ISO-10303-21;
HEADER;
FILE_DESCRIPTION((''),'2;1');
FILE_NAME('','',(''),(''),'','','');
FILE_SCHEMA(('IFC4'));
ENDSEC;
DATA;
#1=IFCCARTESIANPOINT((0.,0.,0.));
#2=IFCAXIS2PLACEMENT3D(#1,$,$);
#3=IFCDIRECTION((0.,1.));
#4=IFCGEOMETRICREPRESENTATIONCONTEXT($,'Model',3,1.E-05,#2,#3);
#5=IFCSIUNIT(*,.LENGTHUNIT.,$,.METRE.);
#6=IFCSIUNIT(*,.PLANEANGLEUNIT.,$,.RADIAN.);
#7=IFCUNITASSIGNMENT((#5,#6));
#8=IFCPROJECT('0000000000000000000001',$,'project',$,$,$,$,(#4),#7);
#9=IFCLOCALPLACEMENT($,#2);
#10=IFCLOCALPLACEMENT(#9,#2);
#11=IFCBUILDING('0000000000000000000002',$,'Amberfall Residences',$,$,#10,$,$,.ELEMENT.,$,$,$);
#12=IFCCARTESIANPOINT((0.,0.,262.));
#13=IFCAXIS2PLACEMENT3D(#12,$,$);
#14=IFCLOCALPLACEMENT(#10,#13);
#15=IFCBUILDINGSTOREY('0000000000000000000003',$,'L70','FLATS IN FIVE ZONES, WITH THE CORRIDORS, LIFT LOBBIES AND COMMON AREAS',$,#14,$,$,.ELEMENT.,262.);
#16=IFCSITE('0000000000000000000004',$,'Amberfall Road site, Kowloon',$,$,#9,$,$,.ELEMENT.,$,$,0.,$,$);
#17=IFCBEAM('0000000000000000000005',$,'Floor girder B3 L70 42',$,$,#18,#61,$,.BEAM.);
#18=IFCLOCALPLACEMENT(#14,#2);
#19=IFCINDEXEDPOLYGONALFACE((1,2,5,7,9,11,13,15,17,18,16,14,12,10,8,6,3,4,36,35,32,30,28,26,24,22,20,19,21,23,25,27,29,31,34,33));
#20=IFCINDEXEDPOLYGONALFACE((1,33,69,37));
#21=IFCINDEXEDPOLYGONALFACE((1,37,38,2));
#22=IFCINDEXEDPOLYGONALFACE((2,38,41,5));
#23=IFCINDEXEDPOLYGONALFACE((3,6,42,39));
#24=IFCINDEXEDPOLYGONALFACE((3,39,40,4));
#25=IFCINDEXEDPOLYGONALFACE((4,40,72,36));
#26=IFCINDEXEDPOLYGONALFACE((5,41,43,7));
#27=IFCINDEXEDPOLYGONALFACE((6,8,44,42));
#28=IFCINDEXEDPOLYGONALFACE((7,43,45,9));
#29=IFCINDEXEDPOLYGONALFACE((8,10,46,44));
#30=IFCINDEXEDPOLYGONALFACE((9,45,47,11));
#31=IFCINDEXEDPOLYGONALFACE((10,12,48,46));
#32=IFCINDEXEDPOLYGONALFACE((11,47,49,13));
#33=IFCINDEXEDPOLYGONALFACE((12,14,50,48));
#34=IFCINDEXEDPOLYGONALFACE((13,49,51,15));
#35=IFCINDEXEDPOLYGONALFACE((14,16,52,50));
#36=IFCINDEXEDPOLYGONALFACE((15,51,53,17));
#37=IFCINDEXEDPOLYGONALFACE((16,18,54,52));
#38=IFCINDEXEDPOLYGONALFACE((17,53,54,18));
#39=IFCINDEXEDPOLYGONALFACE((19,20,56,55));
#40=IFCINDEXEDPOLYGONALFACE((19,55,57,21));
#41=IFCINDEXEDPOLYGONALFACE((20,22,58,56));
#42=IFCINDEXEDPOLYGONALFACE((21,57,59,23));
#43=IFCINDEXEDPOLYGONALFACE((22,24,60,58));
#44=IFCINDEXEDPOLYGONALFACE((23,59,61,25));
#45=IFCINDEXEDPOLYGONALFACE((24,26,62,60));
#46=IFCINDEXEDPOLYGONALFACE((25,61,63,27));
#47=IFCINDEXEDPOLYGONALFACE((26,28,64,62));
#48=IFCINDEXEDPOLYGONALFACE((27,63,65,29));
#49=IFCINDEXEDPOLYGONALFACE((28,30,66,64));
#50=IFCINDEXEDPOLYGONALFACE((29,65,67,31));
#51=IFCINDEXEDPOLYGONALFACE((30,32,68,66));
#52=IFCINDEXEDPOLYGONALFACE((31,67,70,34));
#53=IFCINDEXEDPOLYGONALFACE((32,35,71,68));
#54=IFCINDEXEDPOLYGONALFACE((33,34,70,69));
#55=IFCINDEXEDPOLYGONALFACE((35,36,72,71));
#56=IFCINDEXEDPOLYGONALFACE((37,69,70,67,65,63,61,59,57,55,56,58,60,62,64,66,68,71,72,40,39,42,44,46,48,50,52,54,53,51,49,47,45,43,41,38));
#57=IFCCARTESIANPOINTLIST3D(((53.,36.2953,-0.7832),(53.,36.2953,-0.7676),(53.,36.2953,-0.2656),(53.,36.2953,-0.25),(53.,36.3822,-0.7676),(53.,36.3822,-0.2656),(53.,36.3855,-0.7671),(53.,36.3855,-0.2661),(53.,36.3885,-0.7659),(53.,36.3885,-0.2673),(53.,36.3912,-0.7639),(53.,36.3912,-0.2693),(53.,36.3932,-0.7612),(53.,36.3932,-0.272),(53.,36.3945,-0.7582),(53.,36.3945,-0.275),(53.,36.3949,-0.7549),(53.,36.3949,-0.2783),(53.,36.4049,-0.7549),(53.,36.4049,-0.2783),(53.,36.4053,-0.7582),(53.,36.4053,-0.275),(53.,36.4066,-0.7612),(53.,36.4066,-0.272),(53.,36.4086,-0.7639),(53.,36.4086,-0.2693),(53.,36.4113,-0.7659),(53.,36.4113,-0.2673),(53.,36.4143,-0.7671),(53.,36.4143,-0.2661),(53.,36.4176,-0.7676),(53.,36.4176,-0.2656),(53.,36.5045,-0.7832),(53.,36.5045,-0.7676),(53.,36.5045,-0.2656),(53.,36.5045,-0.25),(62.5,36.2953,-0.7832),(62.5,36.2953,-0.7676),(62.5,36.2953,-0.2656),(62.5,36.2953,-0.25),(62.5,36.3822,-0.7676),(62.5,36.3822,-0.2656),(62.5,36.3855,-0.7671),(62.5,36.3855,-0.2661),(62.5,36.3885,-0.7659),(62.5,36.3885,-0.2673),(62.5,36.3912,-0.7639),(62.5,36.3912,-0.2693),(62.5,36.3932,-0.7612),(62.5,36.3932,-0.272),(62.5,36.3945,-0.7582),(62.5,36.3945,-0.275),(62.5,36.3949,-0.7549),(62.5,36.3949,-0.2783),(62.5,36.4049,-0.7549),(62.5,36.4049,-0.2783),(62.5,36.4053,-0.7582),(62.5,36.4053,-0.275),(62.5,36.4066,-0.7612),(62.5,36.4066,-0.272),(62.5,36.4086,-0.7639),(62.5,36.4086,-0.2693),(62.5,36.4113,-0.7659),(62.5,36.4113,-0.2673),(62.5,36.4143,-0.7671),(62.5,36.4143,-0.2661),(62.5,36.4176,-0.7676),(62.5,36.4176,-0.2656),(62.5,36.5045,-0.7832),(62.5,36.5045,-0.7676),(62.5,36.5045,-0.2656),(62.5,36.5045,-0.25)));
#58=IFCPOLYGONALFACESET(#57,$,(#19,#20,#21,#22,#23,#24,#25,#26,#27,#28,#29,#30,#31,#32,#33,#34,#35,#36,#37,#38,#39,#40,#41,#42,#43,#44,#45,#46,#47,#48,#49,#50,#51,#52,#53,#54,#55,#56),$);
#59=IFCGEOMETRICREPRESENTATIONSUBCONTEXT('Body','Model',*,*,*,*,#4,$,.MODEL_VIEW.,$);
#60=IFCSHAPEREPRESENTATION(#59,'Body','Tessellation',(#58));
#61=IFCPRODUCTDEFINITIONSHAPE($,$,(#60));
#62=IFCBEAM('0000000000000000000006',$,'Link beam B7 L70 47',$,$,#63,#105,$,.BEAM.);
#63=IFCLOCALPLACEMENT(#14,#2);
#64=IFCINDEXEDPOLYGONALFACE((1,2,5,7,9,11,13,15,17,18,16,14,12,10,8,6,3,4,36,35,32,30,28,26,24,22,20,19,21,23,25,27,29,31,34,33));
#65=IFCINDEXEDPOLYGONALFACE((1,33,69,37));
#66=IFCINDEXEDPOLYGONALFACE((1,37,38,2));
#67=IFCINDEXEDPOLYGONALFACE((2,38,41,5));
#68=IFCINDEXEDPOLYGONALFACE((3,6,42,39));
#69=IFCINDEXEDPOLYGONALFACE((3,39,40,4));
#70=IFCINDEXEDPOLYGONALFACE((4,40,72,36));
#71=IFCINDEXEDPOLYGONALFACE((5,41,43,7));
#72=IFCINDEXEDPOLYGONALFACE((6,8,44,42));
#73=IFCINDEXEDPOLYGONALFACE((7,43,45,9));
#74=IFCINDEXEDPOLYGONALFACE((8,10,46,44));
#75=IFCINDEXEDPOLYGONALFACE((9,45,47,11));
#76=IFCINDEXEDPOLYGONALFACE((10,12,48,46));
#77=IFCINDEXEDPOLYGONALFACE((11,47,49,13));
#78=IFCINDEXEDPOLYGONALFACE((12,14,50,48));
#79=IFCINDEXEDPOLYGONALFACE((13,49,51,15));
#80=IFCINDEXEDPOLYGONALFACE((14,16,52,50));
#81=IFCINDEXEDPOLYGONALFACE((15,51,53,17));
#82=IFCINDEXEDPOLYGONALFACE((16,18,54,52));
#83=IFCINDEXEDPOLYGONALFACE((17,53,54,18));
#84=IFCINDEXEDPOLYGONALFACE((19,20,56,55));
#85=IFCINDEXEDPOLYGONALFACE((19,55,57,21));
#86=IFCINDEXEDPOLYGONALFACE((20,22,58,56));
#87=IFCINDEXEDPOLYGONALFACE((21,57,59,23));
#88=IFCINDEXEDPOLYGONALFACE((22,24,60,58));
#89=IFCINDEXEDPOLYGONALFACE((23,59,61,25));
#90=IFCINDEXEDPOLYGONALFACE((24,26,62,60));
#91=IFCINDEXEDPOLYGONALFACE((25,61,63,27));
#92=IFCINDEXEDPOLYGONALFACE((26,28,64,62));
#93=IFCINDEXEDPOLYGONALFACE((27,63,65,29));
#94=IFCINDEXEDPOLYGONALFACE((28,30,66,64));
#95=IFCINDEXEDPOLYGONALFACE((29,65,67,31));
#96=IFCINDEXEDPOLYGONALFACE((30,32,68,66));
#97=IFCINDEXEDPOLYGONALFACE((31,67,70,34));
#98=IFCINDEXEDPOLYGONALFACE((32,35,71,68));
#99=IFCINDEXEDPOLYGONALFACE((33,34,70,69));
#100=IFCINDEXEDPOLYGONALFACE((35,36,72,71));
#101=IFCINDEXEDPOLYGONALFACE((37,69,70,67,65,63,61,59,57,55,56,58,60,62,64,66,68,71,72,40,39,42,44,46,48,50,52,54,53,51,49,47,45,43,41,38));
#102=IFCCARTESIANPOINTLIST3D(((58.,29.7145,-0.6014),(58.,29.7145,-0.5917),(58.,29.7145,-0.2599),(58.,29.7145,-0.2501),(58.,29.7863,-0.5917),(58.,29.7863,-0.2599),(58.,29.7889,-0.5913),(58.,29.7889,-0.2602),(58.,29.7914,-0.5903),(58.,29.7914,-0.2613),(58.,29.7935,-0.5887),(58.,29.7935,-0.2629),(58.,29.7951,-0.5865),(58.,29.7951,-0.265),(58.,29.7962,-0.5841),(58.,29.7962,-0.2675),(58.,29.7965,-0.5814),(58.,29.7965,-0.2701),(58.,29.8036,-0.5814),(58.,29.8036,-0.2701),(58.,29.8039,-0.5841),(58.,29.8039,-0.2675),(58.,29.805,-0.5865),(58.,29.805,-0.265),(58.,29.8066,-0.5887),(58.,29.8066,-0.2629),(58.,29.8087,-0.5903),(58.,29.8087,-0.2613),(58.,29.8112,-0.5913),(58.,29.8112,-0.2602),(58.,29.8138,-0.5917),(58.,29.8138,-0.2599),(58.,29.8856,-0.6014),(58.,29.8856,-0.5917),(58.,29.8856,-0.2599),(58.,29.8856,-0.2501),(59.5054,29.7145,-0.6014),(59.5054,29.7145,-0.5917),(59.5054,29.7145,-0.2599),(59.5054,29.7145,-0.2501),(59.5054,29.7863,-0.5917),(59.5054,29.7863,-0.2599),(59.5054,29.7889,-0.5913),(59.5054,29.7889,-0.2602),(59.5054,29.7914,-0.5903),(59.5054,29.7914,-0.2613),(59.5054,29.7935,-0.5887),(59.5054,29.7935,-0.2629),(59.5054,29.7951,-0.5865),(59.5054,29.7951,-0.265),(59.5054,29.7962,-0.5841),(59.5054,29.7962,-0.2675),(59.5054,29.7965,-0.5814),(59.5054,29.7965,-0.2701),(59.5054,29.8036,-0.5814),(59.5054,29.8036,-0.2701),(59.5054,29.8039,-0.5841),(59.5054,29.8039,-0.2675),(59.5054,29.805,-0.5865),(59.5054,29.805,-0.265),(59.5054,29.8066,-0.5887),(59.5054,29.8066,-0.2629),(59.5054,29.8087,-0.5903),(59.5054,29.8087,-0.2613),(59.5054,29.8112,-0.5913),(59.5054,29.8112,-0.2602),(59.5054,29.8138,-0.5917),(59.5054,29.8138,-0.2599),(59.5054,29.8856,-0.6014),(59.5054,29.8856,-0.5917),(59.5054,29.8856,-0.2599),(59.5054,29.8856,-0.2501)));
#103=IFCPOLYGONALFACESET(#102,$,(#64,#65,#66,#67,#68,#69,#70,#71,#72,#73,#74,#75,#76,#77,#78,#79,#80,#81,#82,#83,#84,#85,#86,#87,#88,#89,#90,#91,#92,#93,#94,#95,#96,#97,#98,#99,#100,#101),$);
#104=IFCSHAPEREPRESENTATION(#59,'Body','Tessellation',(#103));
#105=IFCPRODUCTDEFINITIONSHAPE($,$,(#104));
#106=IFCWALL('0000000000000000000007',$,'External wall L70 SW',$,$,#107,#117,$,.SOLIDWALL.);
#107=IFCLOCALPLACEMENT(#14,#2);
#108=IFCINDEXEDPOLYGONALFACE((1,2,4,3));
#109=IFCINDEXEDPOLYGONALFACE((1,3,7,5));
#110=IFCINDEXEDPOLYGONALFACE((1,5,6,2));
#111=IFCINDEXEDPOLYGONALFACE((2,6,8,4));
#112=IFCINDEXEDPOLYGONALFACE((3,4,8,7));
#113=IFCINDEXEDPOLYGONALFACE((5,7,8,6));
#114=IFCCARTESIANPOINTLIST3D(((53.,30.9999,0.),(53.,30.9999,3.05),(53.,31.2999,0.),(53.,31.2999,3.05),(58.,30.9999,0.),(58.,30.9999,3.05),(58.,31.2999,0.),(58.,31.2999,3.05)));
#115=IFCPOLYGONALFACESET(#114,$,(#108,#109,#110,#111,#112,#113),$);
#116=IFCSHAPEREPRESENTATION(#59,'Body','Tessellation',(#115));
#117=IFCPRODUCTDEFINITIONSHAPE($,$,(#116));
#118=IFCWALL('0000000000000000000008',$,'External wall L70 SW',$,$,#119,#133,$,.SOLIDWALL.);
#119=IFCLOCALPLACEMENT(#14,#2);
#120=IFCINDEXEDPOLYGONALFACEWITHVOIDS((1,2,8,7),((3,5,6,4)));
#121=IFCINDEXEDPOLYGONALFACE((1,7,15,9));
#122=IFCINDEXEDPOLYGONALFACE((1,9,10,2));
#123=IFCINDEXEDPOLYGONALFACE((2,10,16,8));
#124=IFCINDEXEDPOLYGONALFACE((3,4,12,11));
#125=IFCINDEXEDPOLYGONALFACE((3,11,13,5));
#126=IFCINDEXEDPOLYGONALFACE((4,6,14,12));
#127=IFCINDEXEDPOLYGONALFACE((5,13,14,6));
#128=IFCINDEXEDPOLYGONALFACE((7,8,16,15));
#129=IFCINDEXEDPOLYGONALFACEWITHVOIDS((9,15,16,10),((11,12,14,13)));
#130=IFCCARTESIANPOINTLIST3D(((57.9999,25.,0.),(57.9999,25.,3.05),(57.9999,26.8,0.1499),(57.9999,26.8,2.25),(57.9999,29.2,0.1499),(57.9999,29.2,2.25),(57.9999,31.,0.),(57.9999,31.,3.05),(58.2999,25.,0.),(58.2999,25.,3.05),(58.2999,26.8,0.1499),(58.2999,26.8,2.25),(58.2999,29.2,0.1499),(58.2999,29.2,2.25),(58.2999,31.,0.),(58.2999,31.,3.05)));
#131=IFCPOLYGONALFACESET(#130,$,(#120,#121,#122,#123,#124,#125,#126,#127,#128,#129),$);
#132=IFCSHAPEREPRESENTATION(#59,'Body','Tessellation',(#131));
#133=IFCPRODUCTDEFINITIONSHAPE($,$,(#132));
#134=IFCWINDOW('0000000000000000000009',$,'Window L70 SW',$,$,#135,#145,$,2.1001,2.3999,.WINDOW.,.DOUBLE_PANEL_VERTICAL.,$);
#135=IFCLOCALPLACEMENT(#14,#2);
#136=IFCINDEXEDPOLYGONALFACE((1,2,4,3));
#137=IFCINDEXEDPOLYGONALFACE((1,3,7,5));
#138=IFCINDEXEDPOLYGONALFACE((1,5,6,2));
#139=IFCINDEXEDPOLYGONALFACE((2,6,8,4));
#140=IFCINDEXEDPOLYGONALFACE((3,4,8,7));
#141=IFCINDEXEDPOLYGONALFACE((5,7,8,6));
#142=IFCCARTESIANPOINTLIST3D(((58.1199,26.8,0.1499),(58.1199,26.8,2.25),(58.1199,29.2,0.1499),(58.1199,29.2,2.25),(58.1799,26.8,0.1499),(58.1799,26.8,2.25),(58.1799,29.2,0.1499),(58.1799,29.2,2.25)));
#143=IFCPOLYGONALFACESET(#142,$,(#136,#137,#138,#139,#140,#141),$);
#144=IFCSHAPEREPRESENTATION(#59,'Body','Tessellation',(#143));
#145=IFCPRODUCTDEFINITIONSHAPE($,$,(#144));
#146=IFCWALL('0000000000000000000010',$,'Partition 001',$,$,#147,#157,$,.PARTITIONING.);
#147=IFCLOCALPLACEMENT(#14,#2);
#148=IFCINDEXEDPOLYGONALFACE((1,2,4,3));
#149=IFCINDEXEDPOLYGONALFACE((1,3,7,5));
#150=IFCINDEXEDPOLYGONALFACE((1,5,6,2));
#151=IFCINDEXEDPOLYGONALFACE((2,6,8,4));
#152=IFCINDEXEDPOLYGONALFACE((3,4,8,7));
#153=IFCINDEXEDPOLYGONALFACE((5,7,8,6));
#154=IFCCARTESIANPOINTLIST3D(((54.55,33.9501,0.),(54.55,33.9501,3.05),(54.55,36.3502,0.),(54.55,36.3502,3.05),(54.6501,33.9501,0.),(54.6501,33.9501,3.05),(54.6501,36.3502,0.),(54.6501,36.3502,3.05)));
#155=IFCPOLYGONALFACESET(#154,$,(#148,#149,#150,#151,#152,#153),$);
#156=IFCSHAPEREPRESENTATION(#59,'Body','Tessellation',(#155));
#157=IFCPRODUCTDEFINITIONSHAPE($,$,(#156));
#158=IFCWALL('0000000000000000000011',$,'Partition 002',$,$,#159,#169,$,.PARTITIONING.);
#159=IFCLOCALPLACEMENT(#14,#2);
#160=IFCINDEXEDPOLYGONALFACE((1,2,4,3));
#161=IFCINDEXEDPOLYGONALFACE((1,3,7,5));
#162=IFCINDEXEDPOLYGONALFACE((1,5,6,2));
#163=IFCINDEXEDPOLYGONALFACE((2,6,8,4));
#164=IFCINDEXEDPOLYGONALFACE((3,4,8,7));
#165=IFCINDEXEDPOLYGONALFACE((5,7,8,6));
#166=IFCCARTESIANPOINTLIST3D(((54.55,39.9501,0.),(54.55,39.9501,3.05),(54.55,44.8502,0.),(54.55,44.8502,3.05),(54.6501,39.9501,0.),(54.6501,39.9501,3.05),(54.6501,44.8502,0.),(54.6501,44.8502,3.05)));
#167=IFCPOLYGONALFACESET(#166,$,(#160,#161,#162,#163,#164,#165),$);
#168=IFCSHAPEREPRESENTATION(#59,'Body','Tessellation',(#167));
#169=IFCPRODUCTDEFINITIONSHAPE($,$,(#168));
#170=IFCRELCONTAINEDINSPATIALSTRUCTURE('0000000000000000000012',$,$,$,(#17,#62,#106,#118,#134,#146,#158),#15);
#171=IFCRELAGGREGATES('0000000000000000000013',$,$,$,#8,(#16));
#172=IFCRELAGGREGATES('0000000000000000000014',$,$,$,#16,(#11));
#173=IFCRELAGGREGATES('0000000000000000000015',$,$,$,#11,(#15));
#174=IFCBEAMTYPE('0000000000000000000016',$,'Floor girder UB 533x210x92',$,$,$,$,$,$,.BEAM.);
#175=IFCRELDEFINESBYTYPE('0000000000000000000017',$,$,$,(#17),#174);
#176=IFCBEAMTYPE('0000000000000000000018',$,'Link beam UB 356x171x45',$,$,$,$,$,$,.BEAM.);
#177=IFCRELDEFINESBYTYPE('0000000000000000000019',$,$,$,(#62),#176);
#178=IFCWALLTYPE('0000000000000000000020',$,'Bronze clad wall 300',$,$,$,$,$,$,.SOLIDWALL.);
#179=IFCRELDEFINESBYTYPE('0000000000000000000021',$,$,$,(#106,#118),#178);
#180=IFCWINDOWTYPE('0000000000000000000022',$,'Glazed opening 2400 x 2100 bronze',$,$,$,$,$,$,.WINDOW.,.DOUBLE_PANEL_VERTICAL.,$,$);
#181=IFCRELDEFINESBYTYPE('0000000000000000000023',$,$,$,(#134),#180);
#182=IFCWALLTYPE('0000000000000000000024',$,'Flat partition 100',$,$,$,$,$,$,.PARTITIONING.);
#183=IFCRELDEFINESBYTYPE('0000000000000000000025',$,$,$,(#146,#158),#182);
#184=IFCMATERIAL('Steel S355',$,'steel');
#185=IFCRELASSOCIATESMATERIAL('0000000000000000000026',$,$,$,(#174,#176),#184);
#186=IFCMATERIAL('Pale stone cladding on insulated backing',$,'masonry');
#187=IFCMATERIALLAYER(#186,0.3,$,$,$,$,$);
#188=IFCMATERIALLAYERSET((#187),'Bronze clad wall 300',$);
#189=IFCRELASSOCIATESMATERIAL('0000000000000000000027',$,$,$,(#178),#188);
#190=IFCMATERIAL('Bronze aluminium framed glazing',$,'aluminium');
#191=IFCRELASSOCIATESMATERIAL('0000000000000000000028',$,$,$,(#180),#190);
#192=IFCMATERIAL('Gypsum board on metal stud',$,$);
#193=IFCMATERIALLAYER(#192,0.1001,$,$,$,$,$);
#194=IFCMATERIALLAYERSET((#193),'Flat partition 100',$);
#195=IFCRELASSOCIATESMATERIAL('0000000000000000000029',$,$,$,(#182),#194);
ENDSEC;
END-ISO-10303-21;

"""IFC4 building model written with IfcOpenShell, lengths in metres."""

from ifc_helpers import new_model, si_unit, direction, frame, frame_2d, origin, origin_2d, place, context, subcontext, project, spatial, rectangle, i_section, extrude, material, layer, layer_set, material_profile, profile_set, type_object, element, fill, save


model = new_model("IFC4")

# Units and contexts
model_context = context("Model", 3, precision=1e-05, world=origin(), true_north=direction((0.0, 1.0)))
body_context = subcontext(model_context, "Body", "Model", "MODEL_VIEW")
ifc_project = project(units=[si_unit("LENGTHUNIT", "METRE"), si_unit("PLANEANGLEUNIT", "RADIAN")], contexts=[model_context])

# Site, building, storey
site_placement = place(None, origin())
site = spatial("IfcSite", under=ifc_project, at=site_placement, Name="Amberfall Road site, Kowloon", CompositionType="ELEMENT", RefElevation=0.0)
building_placement = place(site_placement, origin())
building = spatial("IfcBuilding", under=site, at=building_placement, Name="Amberfall Residences", CompositionType="ELEMENT")
storey_placement = place(building_placement, frame((0.0, 0.0, 262.0)))
storey = spatial("IfcBuildingStorey", under=building, at=storey_placement, Name="L70", Description="FLATS IN FIVE ZONES, WITH THE CORRIDORS, LIFT LOBBIES AND COMMON AREAS", CompositionType="ELEMENT", Elevation=262.0)

# Beams
ifc_material_1 = material(Name="Steel S355", Category="steel")
ifc_material_profile_1 = material_profile(ifc_material_1, i_section(OverallWidth=0.2092, OverallDepth=0.5332, WebThickness=0.01, FlangeThickness=0.0156, FilletRadius=0.0127, at=origin_2d()), Name="UB 533x210x92")
ifc_profile_set_1 = profile_set([ifc_material_profile_1], Name="Steel S355")
beam_type_1 = type_object("IfcBeamType", Name="Floor girder UB 533x210x92", PredefinedType="BEAM", material=ifc_profile_set_1)
beam_1_placement = place(storey_placement, frame((53.0, 36.3999, -0.5166), z_axis=(1.0, 0.0, 0.0), x_axis=(0.0, 1.0, 0.0)))
element("IfcBeam", 1, at=beam_1_placement, inside=storey, type_object=beam_type_1, Name="Floor girder B3 L70 42", PredefinedType="BEAM", context=body_context, shape_type="SweptSolid", body=[
    extrude(i_section(OverallWidth=0.2092, OverallDepth=0.5332, WebThickness=0.01, FlangeThickness=0.0156, FilletRadius=0.0127, at=origin_2d()), origin(), (0.0, 0.0, 1.0), 9.5),
])
ifc_material_profile_2 = material_profile(ifc_material_1, i_section(OverallWidth=0.1711, OverallDepth=0.3513, WebThickness=0.0071, FlangeThickness=0.0098, FilletRadius=0.0103, at=origin_2d()), Name="UB 356x171x45")
ifc_profile_set_2 = profile_set([ifc_material_profile_2], Name="Steel S355")
beam_type_2 = type_object("IfcBeamType", Name="Link beam UB 356x171x45", PredefinedType="BEAM", material=ifc_profile_set_2)
beam_2_placement = place(storey_placement, frame((58.0, 29.8, -0.4258), z_axis=(1.0, 0.0, 0.0), x_axis=(0.0, 1.0, 0.0)))
element("IfcBeam", 2, at=beam_2_placement, inside=storey, type_object=beam_type_2, Name="Link beam B7 L70 47", PredefinedType="BEAM", context=body_context, shape_type="SweptSolid", body=[
    extrude(i_section(OverallWidth=0.1711, OverallDepth=0.3513, WebThickness=0.0071, FlangeThickness=0.0098, FilletRadius=0.0103, at=origin_2d()), origin(), (0.0, 0.0, 1.0), 1.5054),
])

# Wall
ifc_material_2 = material(Name="Pale stone cladding on insulated backing", Category="masonry")
ifc_layer_1 = layer(ifc_material_2, 0.3)
ifc_layer_set_1 = layer_set([ifc_layer_1], Name="Bronze clad wall 300")
wall_type_1 = type_object("IfcWallType", Name="Bronze clad wall 300", PredefinedType="SOLIDWALL", material=ifc_layer_set_1)
wall_1_placement = place(storey_placement, frame((53.0, 31.1499, 0.0), z_axis=(0.0, 0.0, 1.0), x_axis=(1.0, 0.0, 0.0)))
element("IfcWall", 3, at=wall_1_placement, inside=storey, type_object=wall_type_1, Name="External wall L70 SW", PredefinedType="SOLIDWALL", context=body_context, shape_type="SweptSolid", body=[
    extrude(rectangle(XDim=5.0, YDim=0.3, at=frame_2d((2.5, 0.0))), origin(), (0.0, 0.0, 1.0), 3.05),
])

# Wall, opening, window
wall_2_placement = place(storey_placement, frame((58.1499, 31.0, 0.0), z_axis=(0.0, 0.0, 1.0), x_axis=(0.0, -1.0, 0.0)))
wall_2 = element("IfcWall", 4, at=wall_2_placement, inside=storey, type_object=wall_type_1, Name="External wall L70 SW", PredefinedType="SOLIDWALL", context=body_context, shape_type="SweptSolid", body=[
    extrude(rectangle(XDim=6.0, YDim=0.3, at=frame_2d((3.0, 0.0))), origin(), (0.0, 0.0, 1.0), 3.05),
])
opening_1_placement = place(wall_2_placement, frame((1.8, 0.0, 0.1499)))
opening_1 = element("IfcOpeningElement", 5, at=opening_1_placement, cuts=wall_2, PredefinedType="OPENING", context=body_context, shape_type="SweptSolid", body=[
    extrude(rectangle(XDim=2.3999, YDim=2.1001, at=frame_2d((1.2, 1.05))), frame((0.0, 0.1599, 0.0), z_axis=(0.0, -1.0, 0.0), x_axis=(1.0, 0.0, 0.0)), (0.0, 0.0, 1.0), 0.3201),
])
ifc_material_3 = material(Name="Bronze aluminium framed glazing", Category="aluminium")
window_type = type_object("IfcWindowType", Name="Glazed opening 2400 x 2100 bronze", PartitioningType="DOUBLE_PANEL_VERTICAL", PredefinedType="WINDOW", material=ifc_material_3)
window_placement = place(opening_1_placement, origin())
window = element("IfcWindow", 6, at=window_placement, inside=storey, type_object=window_type, Name="Window L70 SW", OverallHeight=2.1001, OverallWidth=2.3999, PartitioningType="DOUBLE_PANEL_VERTICAL", PredefinedType="WINDOW", context=body_context, shape_type="SweptSolid", body=[
    extrude(rectangle(XDim=2.3999, YDim=2.1001, at=frame_2d((1.2, 1.05))), frame((0.0, 0.03, 0.0), z_axis=(0.0, -1.0, 0.0), x_axis=(1.0, 0.0, 0.0)), (0.0, 0.0, 1.0), 0.0601),
])
fill(opening_1, window)

# Walls
ifc_material_4 = material(Name="Gypsum board on metal stud")
ifc_layer_2 = layer(ifc_material_4, 0.1001)
ifc_layer_set_2 = layer_set([ifc_layer_2], Name="Flat partition 100")
wall_type_2 = type_object("IfcWallType", Name="Flat partition 100", PredefinedType="PARTITIONING", material=ifc_layer_set_2)
wall_3_placement = place(storey_placement, frame((54.6001, 33.95, 0.0), z_axis=(0.0, 0.0, 1.0), x_axis=(0.0, 1.0, 0.0)))
element("IfcWall", 7, at=wall_3_placement, inside=storey, type_object=wall_type_2, Name="Partition 001", PredefinedType="PARTITIONING", context=body_context, shape_type="SweptSolid", body=[
    extrude(rectangle(XDim=2.4001, YDim=0.1001, at=frame_2d((1.2002, 0.0))), origin(), (0.0, 0.0, 1.0), 3.05),
])
wall_4_placement = place(storey_placement, frame((54.6001, 39.95, 0.0), z_axis=(0.0, 0.0, 1.0), x_axis=(0.0, 1.0, 0.0)))
element("IfcWall", 8, at=wall_4_placement, inside=storey, type_object=wall_type_2, Name="Partition 002", PredefinedType="PARTITIONING", context=body_context, shape_type="SweptSolid", body=[
    extrude(rectangle(XDim=4.9001, YDim=0.1001, at=frame_2d((2.4502, 0.0))), origin(), (0.0, 0.0, 1.0), 3.05),
])

save(model, "model.ifc")
